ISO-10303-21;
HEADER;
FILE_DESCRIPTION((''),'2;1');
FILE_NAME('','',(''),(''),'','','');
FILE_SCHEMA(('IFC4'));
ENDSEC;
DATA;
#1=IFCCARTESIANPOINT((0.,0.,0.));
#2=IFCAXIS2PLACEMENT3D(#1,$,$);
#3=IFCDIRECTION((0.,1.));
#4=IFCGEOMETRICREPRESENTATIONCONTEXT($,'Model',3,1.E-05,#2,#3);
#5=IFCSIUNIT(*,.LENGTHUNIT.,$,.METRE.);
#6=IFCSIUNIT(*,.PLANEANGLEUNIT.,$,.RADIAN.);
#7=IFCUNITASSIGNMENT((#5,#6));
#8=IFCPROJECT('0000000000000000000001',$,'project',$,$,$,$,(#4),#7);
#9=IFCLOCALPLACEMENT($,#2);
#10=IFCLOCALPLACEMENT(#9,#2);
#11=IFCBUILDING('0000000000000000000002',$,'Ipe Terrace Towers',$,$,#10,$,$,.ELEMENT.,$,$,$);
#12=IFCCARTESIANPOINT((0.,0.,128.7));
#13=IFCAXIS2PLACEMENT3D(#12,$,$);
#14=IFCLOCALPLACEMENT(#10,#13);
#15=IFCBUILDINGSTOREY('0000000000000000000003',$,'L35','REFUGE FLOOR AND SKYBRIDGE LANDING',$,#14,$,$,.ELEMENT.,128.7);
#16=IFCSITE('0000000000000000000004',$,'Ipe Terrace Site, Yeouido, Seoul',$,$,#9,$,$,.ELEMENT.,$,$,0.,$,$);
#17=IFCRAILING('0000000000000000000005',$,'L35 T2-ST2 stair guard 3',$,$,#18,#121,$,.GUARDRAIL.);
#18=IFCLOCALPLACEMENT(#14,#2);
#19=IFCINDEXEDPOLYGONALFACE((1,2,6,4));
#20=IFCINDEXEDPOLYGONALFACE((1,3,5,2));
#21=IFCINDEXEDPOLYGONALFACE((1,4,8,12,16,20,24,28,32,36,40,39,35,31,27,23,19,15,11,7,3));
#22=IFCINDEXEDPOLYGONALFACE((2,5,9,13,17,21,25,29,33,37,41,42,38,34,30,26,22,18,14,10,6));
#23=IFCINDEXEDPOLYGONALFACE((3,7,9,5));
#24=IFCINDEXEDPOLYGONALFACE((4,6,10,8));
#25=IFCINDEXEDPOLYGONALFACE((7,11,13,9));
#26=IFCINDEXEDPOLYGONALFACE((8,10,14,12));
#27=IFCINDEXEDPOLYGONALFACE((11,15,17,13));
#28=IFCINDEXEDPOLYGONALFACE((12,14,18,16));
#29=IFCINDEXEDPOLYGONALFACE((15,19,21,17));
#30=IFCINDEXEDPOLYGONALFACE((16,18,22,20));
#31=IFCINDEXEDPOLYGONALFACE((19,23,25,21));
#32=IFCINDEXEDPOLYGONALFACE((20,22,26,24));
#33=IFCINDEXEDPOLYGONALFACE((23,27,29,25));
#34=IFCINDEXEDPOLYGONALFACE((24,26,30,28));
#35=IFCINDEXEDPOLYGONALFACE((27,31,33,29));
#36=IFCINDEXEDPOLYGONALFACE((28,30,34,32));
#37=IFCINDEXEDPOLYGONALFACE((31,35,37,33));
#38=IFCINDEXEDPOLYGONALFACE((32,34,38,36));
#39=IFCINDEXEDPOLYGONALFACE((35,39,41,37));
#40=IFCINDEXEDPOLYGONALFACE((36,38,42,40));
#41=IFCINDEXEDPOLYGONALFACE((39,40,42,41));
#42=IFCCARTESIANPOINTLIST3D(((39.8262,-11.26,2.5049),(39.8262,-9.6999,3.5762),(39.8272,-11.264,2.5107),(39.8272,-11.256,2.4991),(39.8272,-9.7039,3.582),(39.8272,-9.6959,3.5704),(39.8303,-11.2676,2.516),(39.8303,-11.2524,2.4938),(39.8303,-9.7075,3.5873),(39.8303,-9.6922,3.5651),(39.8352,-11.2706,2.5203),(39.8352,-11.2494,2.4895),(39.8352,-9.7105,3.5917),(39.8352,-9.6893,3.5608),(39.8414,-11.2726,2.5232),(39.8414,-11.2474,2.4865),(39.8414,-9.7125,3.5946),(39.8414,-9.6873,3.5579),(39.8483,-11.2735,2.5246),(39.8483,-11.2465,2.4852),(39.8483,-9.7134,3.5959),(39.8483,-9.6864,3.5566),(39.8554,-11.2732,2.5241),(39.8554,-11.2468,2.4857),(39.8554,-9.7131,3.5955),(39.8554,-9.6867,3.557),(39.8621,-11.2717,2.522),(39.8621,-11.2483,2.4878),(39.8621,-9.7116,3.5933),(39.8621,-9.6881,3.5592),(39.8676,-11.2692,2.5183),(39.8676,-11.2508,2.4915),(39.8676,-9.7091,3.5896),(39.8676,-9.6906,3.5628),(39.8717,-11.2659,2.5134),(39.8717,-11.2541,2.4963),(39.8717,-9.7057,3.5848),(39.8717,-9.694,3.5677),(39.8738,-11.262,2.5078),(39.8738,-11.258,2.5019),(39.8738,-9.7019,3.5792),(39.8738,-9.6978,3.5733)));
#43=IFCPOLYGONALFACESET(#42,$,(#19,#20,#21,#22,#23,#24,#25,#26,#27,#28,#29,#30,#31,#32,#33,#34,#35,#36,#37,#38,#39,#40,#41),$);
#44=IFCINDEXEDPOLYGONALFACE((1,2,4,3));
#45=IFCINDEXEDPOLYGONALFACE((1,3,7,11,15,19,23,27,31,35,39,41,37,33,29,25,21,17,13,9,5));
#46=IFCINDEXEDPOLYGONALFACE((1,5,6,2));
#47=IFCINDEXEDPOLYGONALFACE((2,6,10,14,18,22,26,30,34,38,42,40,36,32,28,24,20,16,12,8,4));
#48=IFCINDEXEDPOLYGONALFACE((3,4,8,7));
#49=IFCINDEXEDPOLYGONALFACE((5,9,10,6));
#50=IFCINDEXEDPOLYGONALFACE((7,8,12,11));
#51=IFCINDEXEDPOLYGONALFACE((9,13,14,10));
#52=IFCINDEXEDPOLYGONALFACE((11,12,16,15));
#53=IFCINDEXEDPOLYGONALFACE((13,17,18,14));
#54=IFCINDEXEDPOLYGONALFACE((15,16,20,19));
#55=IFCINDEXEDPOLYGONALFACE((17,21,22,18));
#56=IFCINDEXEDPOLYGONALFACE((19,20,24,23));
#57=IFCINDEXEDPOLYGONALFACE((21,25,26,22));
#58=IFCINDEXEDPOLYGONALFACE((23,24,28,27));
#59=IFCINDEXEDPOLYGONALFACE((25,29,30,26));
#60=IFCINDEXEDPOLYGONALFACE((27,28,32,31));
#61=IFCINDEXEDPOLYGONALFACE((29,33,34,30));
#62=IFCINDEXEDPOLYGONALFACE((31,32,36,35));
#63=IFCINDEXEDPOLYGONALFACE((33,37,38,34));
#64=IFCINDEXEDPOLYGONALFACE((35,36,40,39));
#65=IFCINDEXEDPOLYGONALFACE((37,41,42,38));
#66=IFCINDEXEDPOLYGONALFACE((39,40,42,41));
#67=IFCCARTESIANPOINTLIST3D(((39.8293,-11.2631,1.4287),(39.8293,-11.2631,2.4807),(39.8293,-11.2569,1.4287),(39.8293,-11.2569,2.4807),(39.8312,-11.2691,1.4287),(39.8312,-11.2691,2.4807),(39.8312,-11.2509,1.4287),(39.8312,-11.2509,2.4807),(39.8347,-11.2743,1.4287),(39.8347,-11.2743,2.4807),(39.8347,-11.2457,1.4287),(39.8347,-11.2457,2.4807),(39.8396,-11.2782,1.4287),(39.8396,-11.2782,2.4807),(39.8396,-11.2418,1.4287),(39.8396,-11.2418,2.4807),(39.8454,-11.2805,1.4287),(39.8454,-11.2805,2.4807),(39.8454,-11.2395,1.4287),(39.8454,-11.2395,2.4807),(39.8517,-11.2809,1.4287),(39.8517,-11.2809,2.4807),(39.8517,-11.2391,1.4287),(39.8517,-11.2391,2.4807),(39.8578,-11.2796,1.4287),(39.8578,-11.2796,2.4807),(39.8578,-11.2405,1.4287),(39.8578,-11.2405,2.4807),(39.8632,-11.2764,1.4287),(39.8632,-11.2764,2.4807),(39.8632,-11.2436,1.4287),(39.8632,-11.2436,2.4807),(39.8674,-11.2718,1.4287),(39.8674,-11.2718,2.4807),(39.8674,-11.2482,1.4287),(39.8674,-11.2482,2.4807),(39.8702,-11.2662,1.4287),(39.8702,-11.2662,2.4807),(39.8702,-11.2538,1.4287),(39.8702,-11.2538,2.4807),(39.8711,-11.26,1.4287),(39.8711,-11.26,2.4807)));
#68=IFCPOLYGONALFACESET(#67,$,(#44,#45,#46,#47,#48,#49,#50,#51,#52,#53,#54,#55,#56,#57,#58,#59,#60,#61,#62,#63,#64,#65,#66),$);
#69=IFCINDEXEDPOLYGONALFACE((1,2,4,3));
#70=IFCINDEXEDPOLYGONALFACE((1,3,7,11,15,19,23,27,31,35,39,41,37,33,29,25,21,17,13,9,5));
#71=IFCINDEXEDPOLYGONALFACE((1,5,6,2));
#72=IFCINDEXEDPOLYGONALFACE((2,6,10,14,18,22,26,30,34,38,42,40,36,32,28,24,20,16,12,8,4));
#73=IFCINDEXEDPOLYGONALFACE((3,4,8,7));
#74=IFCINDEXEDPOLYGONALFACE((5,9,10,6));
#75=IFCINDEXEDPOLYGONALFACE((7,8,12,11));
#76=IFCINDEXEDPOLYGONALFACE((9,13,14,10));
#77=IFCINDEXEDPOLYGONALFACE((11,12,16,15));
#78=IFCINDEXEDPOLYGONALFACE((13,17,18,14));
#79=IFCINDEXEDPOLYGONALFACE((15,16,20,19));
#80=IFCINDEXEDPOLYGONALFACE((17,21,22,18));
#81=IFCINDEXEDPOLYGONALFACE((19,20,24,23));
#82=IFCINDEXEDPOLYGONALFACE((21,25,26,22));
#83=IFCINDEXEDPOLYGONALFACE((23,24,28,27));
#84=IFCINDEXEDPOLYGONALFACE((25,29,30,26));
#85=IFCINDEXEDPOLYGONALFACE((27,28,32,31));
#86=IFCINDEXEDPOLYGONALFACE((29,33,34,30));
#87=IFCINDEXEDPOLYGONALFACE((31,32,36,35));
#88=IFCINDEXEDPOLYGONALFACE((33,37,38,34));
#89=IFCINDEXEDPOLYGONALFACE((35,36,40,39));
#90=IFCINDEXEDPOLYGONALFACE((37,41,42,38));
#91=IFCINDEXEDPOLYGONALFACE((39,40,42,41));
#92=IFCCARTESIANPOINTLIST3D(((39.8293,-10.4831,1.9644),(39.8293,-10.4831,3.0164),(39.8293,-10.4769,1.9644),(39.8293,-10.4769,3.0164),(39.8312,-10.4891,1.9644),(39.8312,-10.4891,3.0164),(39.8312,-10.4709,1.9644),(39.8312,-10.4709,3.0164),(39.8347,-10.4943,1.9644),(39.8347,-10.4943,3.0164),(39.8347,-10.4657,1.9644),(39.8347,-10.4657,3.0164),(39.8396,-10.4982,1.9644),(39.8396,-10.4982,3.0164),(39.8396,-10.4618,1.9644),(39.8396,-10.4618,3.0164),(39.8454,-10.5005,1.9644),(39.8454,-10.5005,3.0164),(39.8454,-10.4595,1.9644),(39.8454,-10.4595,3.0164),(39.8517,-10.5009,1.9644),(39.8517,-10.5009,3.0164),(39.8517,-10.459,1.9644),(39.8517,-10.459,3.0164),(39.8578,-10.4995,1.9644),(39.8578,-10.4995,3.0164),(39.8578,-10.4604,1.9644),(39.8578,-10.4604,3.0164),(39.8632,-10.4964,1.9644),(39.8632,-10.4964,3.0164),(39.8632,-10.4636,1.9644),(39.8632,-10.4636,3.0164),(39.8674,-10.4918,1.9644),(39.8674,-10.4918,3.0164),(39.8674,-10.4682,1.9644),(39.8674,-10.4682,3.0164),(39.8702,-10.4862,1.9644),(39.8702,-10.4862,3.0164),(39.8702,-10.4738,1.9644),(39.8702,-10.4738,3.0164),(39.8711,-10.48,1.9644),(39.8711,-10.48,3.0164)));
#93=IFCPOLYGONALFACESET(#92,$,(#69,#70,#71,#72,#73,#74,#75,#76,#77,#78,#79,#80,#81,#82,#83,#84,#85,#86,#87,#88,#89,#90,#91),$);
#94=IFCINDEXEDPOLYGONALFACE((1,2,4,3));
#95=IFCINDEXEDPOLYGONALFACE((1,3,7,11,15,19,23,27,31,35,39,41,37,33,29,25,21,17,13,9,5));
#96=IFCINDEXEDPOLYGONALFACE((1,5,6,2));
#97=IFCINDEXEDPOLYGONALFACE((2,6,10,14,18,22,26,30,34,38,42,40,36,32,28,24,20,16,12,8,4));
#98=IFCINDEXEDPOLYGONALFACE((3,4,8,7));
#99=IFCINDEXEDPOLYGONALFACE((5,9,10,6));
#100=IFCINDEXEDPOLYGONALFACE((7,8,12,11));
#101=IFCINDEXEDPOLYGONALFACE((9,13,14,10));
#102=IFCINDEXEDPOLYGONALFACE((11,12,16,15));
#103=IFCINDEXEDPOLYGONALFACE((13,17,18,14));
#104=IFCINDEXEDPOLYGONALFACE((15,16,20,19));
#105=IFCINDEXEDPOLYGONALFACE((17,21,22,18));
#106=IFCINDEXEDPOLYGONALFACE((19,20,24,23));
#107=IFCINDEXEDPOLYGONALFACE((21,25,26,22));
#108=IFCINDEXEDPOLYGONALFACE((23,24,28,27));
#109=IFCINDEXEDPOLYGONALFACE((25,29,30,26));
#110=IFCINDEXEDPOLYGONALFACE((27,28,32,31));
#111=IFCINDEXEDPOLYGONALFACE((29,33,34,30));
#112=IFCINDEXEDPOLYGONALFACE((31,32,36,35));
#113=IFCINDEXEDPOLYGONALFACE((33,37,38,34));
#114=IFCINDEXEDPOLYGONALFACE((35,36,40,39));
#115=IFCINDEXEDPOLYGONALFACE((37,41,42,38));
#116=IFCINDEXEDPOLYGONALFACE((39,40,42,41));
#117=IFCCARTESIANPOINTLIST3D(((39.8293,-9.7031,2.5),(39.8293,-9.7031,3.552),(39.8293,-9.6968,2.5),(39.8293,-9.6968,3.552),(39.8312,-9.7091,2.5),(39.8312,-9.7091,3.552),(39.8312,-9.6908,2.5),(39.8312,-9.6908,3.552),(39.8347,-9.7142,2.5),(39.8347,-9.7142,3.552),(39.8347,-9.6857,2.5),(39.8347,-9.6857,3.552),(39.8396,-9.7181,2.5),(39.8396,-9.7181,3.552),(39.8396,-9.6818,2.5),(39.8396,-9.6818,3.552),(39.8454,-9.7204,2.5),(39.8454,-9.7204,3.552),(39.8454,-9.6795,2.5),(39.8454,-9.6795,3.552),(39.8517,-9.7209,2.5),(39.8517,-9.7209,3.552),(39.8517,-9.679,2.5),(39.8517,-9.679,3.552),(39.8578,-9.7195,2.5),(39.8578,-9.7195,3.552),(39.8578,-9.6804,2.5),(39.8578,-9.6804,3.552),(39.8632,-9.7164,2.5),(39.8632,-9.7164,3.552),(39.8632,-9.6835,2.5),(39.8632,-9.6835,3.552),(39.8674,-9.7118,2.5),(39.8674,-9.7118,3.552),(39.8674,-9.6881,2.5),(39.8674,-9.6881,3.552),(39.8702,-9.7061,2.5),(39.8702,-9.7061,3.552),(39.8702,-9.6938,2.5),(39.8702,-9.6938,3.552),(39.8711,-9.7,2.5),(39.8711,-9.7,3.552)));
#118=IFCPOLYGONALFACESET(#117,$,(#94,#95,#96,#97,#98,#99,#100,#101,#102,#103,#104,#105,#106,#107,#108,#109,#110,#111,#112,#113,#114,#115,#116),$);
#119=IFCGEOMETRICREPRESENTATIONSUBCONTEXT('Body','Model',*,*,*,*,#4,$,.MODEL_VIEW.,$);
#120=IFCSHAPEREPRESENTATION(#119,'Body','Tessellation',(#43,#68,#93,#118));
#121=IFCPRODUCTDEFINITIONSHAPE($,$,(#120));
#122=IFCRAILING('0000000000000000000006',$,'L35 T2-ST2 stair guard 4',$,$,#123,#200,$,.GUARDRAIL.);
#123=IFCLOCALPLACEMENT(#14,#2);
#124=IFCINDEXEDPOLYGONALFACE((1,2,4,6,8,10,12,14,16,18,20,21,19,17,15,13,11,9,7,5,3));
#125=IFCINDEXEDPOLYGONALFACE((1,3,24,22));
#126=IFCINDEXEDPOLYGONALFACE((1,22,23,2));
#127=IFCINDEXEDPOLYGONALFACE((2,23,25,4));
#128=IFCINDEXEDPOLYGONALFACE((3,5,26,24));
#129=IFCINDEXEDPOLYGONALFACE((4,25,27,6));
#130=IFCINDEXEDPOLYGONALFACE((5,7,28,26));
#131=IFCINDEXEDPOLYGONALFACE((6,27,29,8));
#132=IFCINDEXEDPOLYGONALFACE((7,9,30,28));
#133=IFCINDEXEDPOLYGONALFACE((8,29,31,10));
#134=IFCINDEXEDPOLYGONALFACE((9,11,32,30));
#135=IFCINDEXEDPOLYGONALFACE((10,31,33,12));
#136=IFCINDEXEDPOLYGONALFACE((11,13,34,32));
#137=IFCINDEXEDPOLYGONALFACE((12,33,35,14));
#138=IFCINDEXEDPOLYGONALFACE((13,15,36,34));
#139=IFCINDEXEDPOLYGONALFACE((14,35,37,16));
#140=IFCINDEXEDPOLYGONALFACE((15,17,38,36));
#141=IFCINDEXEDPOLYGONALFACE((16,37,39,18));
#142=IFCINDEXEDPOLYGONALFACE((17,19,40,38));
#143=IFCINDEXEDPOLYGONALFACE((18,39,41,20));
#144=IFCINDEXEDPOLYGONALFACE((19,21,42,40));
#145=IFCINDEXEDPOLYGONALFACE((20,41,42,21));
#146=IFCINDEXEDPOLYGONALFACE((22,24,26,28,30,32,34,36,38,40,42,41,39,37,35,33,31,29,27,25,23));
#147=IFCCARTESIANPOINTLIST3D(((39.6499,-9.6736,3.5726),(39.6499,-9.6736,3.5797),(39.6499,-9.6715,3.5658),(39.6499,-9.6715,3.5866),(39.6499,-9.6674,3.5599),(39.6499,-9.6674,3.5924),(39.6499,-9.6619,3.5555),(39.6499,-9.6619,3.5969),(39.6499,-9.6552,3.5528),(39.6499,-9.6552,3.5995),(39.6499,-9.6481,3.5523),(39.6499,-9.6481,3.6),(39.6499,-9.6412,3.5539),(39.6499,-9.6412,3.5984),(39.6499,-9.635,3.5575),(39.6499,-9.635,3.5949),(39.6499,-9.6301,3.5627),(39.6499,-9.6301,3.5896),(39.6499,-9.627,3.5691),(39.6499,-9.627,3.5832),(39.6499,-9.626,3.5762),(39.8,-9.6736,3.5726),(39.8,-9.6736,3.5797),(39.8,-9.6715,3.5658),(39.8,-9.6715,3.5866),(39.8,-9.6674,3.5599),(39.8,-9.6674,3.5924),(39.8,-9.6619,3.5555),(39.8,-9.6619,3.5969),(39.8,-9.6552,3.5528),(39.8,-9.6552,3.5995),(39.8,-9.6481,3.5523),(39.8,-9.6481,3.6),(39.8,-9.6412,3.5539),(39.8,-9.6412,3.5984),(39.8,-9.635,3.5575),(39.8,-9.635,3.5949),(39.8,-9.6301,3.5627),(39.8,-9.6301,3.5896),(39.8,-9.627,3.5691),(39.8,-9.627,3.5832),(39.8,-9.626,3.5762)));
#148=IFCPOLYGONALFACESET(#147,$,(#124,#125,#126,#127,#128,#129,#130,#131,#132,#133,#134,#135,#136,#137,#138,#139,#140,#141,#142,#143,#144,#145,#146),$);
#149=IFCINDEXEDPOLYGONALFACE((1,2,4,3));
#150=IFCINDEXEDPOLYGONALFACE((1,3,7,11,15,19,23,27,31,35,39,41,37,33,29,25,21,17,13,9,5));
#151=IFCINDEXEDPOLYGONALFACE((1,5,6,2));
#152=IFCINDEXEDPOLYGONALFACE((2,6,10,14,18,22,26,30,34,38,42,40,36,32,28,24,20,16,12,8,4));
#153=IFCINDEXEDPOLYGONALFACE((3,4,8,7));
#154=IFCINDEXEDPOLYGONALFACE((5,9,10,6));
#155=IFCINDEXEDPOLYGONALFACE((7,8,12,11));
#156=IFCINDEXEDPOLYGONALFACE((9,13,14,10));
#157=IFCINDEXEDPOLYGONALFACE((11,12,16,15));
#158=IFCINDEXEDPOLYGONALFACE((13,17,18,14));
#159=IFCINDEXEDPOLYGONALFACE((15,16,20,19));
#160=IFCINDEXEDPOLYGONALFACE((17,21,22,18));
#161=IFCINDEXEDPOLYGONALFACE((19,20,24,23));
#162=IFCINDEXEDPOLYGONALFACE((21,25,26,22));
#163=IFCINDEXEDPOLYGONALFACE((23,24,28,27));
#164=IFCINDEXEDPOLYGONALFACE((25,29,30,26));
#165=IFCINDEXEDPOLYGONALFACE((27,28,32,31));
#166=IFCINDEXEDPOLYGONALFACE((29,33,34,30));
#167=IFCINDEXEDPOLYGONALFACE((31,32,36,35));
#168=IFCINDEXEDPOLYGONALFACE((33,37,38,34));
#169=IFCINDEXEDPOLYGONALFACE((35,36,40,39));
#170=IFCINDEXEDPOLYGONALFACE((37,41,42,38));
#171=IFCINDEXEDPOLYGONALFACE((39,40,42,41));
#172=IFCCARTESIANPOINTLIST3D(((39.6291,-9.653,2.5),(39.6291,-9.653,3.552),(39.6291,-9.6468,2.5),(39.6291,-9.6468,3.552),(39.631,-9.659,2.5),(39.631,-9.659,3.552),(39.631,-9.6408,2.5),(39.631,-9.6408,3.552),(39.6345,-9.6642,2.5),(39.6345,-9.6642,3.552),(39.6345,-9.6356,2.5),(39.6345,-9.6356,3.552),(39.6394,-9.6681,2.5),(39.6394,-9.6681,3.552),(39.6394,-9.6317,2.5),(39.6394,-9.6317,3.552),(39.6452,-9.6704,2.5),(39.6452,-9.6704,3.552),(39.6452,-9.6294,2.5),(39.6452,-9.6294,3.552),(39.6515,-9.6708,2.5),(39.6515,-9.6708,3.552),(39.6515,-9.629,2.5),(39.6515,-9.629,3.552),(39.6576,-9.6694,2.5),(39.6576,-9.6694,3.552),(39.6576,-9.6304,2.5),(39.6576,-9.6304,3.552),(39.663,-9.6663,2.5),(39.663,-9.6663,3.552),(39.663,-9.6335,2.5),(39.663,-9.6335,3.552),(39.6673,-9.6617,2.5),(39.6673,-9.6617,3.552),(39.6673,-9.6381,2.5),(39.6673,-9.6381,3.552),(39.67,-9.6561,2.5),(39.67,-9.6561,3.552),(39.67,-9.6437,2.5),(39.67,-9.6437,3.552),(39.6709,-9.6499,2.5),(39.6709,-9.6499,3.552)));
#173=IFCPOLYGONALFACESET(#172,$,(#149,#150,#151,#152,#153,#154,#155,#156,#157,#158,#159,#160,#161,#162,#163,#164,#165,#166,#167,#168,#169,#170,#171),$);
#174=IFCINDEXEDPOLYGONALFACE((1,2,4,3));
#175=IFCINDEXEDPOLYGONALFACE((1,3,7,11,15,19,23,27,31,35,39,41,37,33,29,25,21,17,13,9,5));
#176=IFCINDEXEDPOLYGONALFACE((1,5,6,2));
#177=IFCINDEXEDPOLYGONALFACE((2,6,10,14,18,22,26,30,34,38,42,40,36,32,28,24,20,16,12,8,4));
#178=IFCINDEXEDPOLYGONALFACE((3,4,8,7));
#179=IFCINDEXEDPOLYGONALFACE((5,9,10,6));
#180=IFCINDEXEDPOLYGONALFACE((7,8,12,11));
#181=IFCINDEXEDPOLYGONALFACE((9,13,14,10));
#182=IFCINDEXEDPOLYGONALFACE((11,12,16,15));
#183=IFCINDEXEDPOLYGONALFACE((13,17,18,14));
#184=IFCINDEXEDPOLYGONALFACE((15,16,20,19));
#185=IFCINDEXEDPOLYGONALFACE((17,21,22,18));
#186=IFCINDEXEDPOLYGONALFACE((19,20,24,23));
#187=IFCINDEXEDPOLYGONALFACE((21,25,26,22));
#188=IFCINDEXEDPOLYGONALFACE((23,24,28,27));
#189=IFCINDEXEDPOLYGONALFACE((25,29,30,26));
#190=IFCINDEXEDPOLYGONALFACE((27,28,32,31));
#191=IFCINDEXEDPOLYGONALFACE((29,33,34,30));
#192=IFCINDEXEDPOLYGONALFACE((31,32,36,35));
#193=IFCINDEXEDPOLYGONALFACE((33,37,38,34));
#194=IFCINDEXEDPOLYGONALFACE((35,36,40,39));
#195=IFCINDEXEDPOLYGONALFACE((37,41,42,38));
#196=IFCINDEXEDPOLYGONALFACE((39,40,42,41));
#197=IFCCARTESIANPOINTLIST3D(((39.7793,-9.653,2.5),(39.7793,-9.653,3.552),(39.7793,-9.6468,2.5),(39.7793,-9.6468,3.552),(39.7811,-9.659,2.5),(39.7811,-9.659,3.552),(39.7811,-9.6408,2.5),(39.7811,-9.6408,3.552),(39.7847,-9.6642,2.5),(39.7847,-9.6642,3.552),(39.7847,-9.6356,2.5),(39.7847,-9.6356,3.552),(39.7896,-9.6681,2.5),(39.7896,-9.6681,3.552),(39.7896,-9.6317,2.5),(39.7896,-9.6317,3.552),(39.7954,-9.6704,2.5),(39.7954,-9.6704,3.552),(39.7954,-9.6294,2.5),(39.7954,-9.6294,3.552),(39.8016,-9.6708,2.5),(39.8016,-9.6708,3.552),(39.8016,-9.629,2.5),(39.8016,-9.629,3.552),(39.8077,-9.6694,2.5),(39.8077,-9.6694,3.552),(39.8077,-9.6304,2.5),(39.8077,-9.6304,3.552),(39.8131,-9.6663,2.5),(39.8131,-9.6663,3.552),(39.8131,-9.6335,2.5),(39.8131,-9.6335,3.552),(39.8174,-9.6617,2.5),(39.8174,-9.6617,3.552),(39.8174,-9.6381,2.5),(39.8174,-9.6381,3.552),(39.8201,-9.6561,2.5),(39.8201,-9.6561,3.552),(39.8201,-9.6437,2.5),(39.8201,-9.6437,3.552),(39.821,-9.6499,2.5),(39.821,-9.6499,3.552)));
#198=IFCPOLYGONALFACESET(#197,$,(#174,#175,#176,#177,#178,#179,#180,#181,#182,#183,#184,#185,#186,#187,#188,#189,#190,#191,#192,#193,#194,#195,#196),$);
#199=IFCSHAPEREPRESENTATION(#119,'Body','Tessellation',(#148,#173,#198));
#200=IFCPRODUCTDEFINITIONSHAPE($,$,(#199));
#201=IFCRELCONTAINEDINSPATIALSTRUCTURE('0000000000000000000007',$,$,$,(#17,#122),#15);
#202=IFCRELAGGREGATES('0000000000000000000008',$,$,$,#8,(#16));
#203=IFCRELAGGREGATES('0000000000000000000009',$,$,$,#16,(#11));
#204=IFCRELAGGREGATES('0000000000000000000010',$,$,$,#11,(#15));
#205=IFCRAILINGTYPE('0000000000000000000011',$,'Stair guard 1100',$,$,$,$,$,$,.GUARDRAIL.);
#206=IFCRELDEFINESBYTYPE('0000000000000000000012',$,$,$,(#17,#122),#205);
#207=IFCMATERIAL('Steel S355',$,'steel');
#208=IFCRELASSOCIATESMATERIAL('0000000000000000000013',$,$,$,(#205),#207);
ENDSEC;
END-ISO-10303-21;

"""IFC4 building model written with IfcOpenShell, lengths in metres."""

from ifc_helpers import new_model, si_unit, direction, frame, origin, origin_2d, place, context, subcontext, project, spatial, circle, extrude, material, type_object, element, save


model = new_model("IFC4")

# Units and contexts
model_context = context("Model", 3, precision=1e-05, world=origin(), true_north=direction((0.0, 1.0)))
body_context = subcontext(model_context, "Body", "Model", "MODEL_VIEW")
ifc_project = project(units=[si_unit("LENGTHUNIT", "METRE"), si_unit("PLANEANGLEUNIT", "RADIAN")], contexts=[model_context])

# Site, building, storey
site_placement = place(None, origin())
site = spatial("IfcSite", under=ifc_project, at=site_placement, Name="Ipe Terrace Site, Yeouido, Seoul", CompositionType="ELEMENT", RefElevation=0.0)
building_placement = place(site_placement, origin())
building = spatial("IfcBuilding", under=site, at=building_placement, Name="Ipe Terrace Towers", CompositionType="ELEMENT")
storey_placement = place(building_placement, frame((0.0, 0.0, 128.7)))
storey = spatial("IfcBuildingStorey", under=building, at=storey_placement, Name="L35", Description="REFUGE FLOOR AND SKYBRIDGE LANDING", CompositionType="ELEMENT", Elevation=128.7)

# Railings
ifc_material_1 = material(Name="Steel S355", Category="steel")
railing_type_1 = type_object("IfcRailingType", Name="Stair guard 1100", PredefinedType="GUARDRAIL", material=ifc_material_1)
railing_1_placement = place(storey_placement, frame((39.8501, -11.26, 1.4287)))
element("IfcRailing", 1, at=railing_1_placement, inside=storey, type_object=railing_type_1, Name="L35 T2-ST2 stair guard 3", PredefinedType="GUARDRAIL", context=body_context, shape_type="SweptSolid", body=[
    extrude(circle(Radius=0.0239, at=origin_2d()), frame((0.0, 0.0, 1.0762), z_axis=(0.0, 0.82435, 0.56608), x_axis=(-1.0, 0.0, 0.0)), (0.0, 0.0, 1.0), 1.8926),
    extrude(circle(Radius=0.021, at=origin_2d()), origin(), (0.0, 0.0, 1.0), 1.052),
    extrude(circle(Radius=0.021, at=origin_2d()), frame((0.0, 0.78, 0.5356)), (0.0, 0.0, 1.0), 1.052),
    extrude(circle(Radius=0.021, at=origin_2d()), frame((0.0, 1.5601, 1.0713)), (0.0, 0.0, 1.0), 1.052),
])
railing_2_placement = place(storey_placement, frame((39.6499, -9.6499, 2.5)))
element("IfcRailing", 2, at=railing_2_placement, inside=storey, type_object=railing_type_1, Name="L35 T2-ST2 stair guard 4", PredefinedType="GUARDRAIL", context=body_context, shape_type="SweptSolid", body=[
    extrude(circle(Radius=0.0239, at=origin_2d()), frame((0.0, 0.0, 1.0762), z_axis=(1.0, 0.0, 0.0), x_axis=(0.0, 1.0, 0.0)), (0.0, 0.0, 1.0), 0.1501),
    extrude(circle(Radius=0.021, at=origin_2d()), origin(), (0.0, 0.0, 1.0), 1.052),
    extrude(circle(Radius=0.021, at=origin_2d()), frame((0.1501, 0.0, 0.0)), (0.0, 0.0, 1.0), 1.052),
])

save(model, "model.ifc")
